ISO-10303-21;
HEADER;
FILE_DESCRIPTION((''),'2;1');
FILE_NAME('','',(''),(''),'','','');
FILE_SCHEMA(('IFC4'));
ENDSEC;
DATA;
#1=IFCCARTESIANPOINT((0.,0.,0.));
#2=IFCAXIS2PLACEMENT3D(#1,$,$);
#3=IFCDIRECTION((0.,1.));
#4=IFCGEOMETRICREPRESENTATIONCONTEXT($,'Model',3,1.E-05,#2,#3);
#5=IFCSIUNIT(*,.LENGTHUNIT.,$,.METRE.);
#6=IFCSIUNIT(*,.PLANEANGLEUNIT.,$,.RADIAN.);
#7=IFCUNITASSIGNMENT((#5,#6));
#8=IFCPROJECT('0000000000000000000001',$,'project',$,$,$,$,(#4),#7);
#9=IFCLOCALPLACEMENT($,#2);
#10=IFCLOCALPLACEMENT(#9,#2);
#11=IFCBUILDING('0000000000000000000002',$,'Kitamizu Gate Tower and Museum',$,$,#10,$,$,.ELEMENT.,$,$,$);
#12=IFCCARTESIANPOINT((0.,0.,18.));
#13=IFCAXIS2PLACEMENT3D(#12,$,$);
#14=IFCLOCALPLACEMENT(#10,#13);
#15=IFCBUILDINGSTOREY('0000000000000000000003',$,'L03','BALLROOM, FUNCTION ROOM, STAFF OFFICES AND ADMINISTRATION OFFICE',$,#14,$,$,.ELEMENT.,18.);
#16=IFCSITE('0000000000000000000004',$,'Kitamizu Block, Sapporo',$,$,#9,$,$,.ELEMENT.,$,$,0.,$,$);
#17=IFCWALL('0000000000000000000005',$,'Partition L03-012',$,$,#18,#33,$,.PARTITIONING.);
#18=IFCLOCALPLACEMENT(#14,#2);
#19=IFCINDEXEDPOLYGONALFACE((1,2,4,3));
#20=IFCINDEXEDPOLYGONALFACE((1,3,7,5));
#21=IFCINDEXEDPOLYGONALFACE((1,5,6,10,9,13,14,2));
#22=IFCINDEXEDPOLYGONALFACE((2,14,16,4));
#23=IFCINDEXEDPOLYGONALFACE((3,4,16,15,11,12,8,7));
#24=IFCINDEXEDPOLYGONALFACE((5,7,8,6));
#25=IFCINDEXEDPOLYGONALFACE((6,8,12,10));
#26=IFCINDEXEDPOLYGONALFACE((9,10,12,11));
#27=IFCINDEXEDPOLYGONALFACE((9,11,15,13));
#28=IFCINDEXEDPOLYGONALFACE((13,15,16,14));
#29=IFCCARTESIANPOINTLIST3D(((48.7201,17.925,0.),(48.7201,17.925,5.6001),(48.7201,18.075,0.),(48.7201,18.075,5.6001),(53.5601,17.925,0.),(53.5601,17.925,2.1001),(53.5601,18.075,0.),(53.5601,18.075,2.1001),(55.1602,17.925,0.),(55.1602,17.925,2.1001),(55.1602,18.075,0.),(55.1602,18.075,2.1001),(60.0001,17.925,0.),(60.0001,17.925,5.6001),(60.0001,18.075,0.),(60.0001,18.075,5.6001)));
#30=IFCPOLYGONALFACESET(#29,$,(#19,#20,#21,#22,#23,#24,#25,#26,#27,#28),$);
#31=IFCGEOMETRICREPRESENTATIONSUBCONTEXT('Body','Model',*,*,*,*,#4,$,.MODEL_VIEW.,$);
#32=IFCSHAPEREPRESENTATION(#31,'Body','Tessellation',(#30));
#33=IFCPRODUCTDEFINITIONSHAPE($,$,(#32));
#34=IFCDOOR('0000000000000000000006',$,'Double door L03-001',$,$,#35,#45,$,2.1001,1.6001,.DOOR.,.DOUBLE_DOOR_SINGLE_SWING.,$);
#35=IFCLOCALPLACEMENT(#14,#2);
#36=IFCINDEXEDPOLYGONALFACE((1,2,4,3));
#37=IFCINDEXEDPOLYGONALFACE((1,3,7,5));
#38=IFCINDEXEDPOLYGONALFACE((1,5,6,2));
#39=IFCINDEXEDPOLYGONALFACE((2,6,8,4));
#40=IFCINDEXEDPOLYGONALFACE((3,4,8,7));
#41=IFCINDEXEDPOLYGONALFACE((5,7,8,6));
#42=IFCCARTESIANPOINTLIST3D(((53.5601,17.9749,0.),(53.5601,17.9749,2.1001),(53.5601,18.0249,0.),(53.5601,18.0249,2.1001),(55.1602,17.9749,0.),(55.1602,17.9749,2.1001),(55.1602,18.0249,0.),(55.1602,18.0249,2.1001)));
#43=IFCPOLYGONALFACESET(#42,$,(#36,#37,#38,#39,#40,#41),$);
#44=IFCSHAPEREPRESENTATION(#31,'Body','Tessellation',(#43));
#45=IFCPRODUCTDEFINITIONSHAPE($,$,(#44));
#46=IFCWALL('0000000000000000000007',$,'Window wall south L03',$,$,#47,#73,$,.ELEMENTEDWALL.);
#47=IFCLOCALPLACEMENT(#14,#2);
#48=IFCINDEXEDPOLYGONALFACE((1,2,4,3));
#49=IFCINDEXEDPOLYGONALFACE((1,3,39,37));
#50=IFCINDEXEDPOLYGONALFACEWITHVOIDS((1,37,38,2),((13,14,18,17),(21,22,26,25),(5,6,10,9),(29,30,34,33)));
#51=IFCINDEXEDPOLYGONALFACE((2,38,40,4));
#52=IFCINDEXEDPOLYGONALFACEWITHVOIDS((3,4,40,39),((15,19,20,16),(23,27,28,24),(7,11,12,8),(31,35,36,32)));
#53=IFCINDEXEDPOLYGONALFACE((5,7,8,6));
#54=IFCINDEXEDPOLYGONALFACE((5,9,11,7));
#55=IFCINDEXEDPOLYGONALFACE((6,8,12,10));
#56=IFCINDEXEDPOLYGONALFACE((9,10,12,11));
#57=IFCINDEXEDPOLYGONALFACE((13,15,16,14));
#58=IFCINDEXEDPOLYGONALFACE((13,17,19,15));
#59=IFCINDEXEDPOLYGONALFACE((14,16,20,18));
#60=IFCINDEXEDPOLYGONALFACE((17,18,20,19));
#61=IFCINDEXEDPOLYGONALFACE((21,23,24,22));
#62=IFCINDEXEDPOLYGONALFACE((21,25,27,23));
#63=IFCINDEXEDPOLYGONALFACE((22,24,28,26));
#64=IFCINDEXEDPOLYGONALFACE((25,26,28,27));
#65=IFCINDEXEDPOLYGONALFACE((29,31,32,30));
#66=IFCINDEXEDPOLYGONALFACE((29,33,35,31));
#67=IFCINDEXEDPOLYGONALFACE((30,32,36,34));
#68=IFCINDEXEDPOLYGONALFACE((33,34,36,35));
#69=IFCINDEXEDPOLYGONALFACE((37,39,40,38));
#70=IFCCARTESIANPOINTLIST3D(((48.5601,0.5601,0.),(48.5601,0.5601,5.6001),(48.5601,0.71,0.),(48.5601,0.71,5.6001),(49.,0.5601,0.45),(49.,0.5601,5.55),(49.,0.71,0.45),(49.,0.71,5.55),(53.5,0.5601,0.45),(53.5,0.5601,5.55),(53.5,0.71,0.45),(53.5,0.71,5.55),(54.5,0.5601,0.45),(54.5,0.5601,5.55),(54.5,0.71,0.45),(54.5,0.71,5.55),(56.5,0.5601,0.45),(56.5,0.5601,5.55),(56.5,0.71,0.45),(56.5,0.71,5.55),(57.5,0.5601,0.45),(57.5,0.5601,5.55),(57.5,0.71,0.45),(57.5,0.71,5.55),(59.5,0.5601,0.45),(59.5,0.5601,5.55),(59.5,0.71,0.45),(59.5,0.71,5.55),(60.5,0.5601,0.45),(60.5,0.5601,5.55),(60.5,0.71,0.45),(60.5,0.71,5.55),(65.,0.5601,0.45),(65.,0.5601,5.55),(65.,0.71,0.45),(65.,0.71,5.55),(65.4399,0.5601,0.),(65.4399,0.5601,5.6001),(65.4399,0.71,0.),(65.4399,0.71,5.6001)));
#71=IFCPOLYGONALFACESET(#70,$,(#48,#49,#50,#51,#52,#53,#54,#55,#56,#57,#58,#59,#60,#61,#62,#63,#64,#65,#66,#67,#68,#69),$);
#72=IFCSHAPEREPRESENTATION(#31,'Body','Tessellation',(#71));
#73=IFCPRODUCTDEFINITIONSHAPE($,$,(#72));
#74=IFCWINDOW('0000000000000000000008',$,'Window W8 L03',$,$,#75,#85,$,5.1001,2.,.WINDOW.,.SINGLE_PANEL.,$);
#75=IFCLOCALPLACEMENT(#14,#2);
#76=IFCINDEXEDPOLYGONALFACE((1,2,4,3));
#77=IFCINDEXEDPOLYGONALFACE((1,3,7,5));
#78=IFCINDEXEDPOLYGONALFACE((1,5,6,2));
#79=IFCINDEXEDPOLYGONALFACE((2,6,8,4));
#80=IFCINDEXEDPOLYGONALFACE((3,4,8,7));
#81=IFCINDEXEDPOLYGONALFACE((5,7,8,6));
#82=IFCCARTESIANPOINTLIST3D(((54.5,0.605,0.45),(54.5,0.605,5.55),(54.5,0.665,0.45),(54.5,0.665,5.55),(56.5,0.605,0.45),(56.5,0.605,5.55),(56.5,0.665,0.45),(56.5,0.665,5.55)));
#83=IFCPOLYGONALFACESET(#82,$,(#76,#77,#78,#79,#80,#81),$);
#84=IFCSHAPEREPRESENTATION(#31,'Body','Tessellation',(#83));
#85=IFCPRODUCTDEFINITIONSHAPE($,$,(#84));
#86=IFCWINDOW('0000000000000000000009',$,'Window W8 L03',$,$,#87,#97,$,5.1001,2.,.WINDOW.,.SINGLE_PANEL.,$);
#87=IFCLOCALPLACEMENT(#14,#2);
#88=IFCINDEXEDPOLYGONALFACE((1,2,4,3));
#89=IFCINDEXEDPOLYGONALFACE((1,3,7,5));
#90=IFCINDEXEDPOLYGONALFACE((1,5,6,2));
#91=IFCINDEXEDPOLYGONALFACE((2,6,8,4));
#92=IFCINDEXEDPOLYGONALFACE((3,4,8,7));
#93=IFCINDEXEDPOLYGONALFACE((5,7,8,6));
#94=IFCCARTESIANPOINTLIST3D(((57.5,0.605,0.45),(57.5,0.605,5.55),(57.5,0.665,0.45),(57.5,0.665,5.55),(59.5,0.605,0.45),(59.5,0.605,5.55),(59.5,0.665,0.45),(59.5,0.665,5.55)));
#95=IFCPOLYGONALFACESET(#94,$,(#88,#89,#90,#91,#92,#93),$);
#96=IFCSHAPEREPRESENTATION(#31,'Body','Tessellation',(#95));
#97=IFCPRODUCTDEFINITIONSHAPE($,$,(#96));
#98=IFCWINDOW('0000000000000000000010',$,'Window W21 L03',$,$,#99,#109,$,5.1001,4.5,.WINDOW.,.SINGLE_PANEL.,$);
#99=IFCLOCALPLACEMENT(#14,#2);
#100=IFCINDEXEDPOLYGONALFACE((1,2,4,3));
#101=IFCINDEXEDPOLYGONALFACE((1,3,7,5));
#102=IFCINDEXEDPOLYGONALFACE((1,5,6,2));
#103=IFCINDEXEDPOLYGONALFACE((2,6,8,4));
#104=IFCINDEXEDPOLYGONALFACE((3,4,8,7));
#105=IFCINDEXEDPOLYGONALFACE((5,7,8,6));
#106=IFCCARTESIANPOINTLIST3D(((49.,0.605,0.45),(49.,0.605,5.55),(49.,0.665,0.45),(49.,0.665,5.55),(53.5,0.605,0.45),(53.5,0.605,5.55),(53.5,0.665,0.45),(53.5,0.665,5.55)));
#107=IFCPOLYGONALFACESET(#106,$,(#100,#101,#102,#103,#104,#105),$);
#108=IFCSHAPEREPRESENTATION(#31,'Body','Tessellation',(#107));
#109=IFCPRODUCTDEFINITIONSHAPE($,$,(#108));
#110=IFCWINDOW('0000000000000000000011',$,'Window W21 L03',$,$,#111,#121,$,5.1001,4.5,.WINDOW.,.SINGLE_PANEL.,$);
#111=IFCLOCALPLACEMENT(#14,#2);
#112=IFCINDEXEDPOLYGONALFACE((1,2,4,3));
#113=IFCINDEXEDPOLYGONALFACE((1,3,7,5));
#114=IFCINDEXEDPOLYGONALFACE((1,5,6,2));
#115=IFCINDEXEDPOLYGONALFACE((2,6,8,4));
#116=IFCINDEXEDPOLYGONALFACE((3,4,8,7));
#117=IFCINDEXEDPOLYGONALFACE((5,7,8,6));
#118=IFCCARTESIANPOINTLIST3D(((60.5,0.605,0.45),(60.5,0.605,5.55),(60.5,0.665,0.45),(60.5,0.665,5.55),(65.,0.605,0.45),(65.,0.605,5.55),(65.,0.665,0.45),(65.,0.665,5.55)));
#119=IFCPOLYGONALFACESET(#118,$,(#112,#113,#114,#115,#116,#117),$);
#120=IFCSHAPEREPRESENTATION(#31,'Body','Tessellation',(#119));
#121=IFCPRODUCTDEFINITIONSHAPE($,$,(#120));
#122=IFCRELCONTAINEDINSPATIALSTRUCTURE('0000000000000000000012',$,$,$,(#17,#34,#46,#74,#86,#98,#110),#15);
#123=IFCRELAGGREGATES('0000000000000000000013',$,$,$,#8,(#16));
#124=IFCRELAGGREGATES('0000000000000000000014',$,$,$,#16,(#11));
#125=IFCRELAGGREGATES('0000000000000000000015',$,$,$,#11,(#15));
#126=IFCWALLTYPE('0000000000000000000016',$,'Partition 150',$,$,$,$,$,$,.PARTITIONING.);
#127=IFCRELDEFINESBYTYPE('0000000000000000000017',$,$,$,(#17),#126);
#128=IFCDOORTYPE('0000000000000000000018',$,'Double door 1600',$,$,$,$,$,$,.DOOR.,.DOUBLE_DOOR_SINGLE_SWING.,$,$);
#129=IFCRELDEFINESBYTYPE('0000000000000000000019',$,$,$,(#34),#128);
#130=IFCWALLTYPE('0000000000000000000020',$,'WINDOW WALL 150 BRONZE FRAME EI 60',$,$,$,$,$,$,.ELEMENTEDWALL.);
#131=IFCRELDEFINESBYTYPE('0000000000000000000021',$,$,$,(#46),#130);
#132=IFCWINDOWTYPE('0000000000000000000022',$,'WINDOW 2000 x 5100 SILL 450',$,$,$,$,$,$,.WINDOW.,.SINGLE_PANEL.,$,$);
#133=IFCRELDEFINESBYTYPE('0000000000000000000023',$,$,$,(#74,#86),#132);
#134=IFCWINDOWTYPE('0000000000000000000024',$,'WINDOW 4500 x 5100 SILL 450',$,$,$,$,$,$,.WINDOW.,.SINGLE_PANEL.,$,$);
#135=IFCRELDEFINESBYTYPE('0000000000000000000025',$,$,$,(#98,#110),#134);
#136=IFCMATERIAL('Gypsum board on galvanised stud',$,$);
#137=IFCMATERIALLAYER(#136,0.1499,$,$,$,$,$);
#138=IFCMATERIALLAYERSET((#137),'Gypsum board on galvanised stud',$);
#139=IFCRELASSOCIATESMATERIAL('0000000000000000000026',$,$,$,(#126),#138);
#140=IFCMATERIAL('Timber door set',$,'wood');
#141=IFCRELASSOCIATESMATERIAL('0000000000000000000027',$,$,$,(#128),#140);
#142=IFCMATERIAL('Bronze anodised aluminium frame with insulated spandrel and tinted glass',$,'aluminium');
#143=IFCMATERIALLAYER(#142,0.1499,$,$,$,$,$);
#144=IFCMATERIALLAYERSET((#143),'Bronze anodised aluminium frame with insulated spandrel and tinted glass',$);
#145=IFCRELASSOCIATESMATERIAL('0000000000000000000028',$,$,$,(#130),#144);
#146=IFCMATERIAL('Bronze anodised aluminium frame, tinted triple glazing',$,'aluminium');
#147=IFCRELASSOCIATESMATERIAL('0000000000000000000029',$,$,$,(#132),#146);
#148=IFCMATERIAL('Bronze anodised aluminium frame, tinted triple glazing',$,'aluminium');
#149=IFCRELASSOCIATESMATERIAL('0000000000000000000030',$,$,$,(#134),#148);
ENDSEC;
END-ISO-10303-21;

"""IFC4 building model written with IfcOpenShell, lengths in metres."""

from ifc_helpers import new_model, si_unit, direction, frame, frame_2d, origin, place, context, subcontext, project, spatial, rectangle, extrude, material, layer, layer_set, type_object, element, fill, save


model = new_model("IFC4")

# Units and contexts
model_context = context("Model", 3, precision=1e-05, world=origin(), true_north=direction((0.0, 1.0)))
body_context = subcontext(model_context, "Body", "Model", "MODEL_VIEW")
ifc_project = project(units=[si_unit("LENGTHUNIT", "METRE"), si_unit("PLANEANGLEUNIT", "RADIAN")], contexts=[model_context])

# Site, building, storey
site_placement = place(None, origin())
site = spatial("IfcSite", under=ifc_project, at=site_placement, Name="Kitamizu Block, Sapporo", CompositionType="ELEMENT", RefElevation=0.0)
building_placement = place(site_placement, origin())
building = spatial("IfcBuilding", under=site, at=building_placement, Name="Kitamizu Gate Tower and Museum", CompositionType="ELEMENT")
storey_placement = place(building_placement, frame((0.0, 0.0, 18.0)))
storey = spatial("IfcBuildingStorey", under=building, at=storey_placement, Name="L03", Description="BALLROOM, FUNCTION ROOM, STAFF OFFICES AND ADMINISTRATION OFFICE", CompositionType="ELEMENT", Elevation=18.0)

# Wall, opening, door
ifc_material_1 = material(Name="Gypsum board on galvanised stud")
ifc_layer_1 = layer(ifc_material_1, 0.1499)
ifc_layer_set_1 = layer_set([ifc_layer_1], Name="Gypsum board on galvanised stud")
wall_type_1 = type_object("IfcWallType", Name="Partition 150", PredefinedType="PARTITIONING", material=ifc_layer_set_1)
wall_1_placement = place(storey_placement, frame((48.72, 18.0, 0.0), z_axis=(0.0, 0.0, 1.0), x_axis=(1.0, 0.0, 0.0)))
wall_1 = element("IfcWall", 1, at=wall_1_placement, inside=storey, type_object=wall_type_1, Name="Partition L03-012", PredefinedType="PARTITIONING", context=body_context, shape_type="SweptSolid", body=[
    extrude(rectangle(XDim=11.28, YDim=0.1499, at=frame_2d((5.6401, 0.0))), origin(), (0.0, 0.0, 1.0), 5.6001),
])
opening_1_placement = place(wall_1_placement, frame((4.8401, 0.0, 0.0)))
opening_1 = element("IfcOpeningElement", 2, at=opening_1_placement, cuts=wall_1, PredefinedType="OPENING", context=body_context, shape_type="SweptSolid", body=[
    extrude(rectangle(XDim=1.6001, YDim=2.1001, at=frame_2d((0.8, 1.05))), frame((0.0, 0.085, 0.0), z_axis=(0.0, -1.0, 0.0), x_axis=(1.0, 0.0, 0.0)), (0.0, 0.0, 1.0), 0.1699),
])
ifc_material_2 = material(Name="Timber door set", Category="wood")
door_type = type_object("IfcDoorType", Name="Double door 1600", OperationType="DOUBLE_DOOR_SINGLE_SWING", PredefinedType="DOOR", material=ifc_material_2)
door_placement = place(opening_1_placement, origin())
door = element("IfcDoor", 3, at=door_placement, inside=storey, type_object=door_type, Name="Double door L03-001", OperationType="DOUBLE_DOOR_SINGLE_SWING", OverallHeight=2.1001, OverallWidth=1.6001, PredefinedType="DOOR", context=body_context, shape_type="SweptSolid", body=[
    extrude(rectangle(XDim=1.6001, YDim=2.1001, at=frame_2d((0.8, 1.05))), frame((0.0, 0.0249, 0.0), z_axis=(0.0, -1.0, 0.0), x_axis=(1.0, 0.0, 0.0)), (0.0, 0.0, 1.0), 0.05),
])
fill(opening_1, door)

# Wall, openings, windows
ifc_material_3 = material(Name="Bronze anodised aluminium frame with insulated spandrel and tinted glass", Category="aluminium")
ifc_layer_2 = layer(ifc_material_3, 0.1499)
ifc_layer_set_2 = layer_set([ifc_layer_2], Name="Bronze anodised aluminium frame with insulated spandrel and tinted glass")
wall_type_2 = type_object("IfcWallType", Name="WINDOW WALL 150 BRONZE FRAME EI 60", PredefinedType="ELEMENTEDWALL", material=ifc_layer_set_2)
wall_2_placement = place(storey_placement, frame((48.5601, 0.635, 0.0), z_axis=(0.0, 0.0, 1.0), x_axis=(1.0, 0.0, 0.0)))
wall_2 = element("IfcWall", 4, at=wall_2_placement, inside=storey, type_object=wall_type_2, Name="Window wall south L03", PredefinedType="ELEMENTEDWALL", context=body_context, shape_type="SweptSolid", body=[
    extrude(rectangle(XDim=16.8799, YDim=0.1499, at=frame_2d((8.4399, 0.0))), origin(), (0.0, 0.0, 1.0), 5.6001),
])
opening_2_placement = place(wall_2_placement, frame((0.4399, 0.0, 0.45)))
opening_2 = element("IfcOpeningElement", 5, at=opening_2_placement, cuts=wall_2, PredefinedType="OPENING", context=body_context, shape_type="SweptSolid", body=[
    extrude(rectangle(XDim=4.5, YDim=5.1001, at=frame_2d((2.25, 2.55))), frame((0.0, 0.085, 0.0), z_axis=(0.0, -1.0, 0.0), x_axis=(1.0, 0.0, 0.0)), (0.0, 0.0, 1.0), 0.1699),
])
opening_3_placement = place(wall_2_placement, frame((5.9399, 0.0, 0.45)))
opening_3 = element("IfcOpeningElement", 6, at=opening_3_placement, cuts=wall_2, PredefinedType="OPENING", context=body_context, shape_type="SweptSolid", body=[
    extrude(rectangle(XDim=2.0, YDim=5.1001, at=frame_2d((1.0, 2.55))), frame((0.0, 0.085, 0.0), z_axis=(0.0, -1.0, 0.0), x_axis=(1.0, 0.0, 0.0)), (0.0, 0.0, 1.0), 0.1699),
])
opening_4_placement = place(wall_2_placement, frame((8.9399, 0.0, 0.45)))
opening_4 = element("IfcOpeningElement", 7, at=opening_4_placement, cuts=wall_2, PredefinedType="OPENING", context=body_context, shape_type="SweptSolid", body=[
    extrude(rectangle(XDim=2.0, YDim=5.1001, at=frame_2d((1.0, 2.55))), frame((0.0, 0.085, 0.0), z_axis=(0.0, -1.0, 0.0), x_axis=(1.0, 0.0, 0.0)), (0.0, 0.0, 1.0), 0.1699),
])
opening_5_placement = place(wall_2_placement, frame((11.9399, 0.0, 0.45)))
opening_5 = element("IfcOpeningElement", 8, at=opening_5_placement, cuts=wall_2, PredefinedType="OPENING", context=body_context, shape_type="SweptSolid", body=[
    extrude(rectangle(XDim=4.5, YDim=5.1001, at=frame_2d((2.25, 2.55))), frame((0.0, 0.085, 0.0), z_axis=(0.0, -1.0, 0.0), x_axis=(1.0, 0.0, 0.0)), (0.0, 0.0, 1.0), 0.1699),
])
ifc_material_4 = material(Name="Bronze anodised aluminium frame, tinted triple glazing", Category="aluminium")
window_type_1 = type_object("IfcWindowType", Name="WINDOW 2000 x 5100 SILL 450", PartitioningType="SINGLE_PANEL", PredefinedType="WINDOW", material=ifc_material_4)
window_1_placement = place(opening_3_placement, origin())
window_1 = element("IfcWindow", 9, at=window_1_placement, inside=storey, type_object=window_type_1, Name="Window W8 L03", OverallHeight=5.1001, OverallWidth=2.0, PartitioningType="SINGLE_PANEL", PredefinedType="WINDOW", context=body_context, shape_type="SweptSolid", body=[
    extrude(rectangle(XDim=2.0, YDim=5.1001, at=frame_2d((1.0, 2.55))), frame((0.0, 0.03, 0.0), z_axis=(0.0, -1.0, 0.0), x_axis=(1.0, 0.0, 0.0)), (0.0, 0.0, 1.0), 0.0601),
])
fill(opening_3, window_1)
window_2_placement = place(opening_4_placement, origin())
window_2 = element("IfcWindow", 10, at=window_2_placement, inside=storey, type_object=window_type_1, Name="Window W8 L03", OverallHeight=5.1001, OverallWidth=2.0, PartitioningType="SINGLE_PANEL", PredefinedType="WINDOW", context=body_context, shape_type="SweptSolid", body=[
    extrude(rectangle(XDim=2.0, YDim=5.1001, at=frame_2d((1.0, 2.55))), frame((0.0, 0.03, 0.0), z_axis=(0.0, -1.0, 0.0), x_axis=(1.0, 0.0, 0.0)), (0.0, 0.0, 1.0), 0.0601),
])
fill(opening_4, window_2)
ifc_material_5 = material(Name="Bronze anodised aluminium frame, tinted triple glazing", Category="aluminium")
window_type_2 = type_object("IfcWindowType", Name="WINDOW 4500 x 5100 SILL 450", PartitioningType="SINGLE_PANEL", PredefinedType="WINDOW", material=ifc_material_5)
window_3_placement = place(opening_2_placement, origin())
window_3 = element("IfcWindow", 11, at=window_3_placement, inside=storey, type_object=window_type_2, Name="Window W21 L03", OverallHeight=5.1001, OverallWidth=4.5, PartitioningType="SINGLE_PANEL", PredefinedType="WINDOW", context=body_context, shape_type="SweptSolid", body=[
    extrude(rectangle(XDim=4.5, YDim=5.1001, at=frame_2d((2.25, 2.55))), frame((0.0, 0.03, 0.0), z_axis=(0.0, -1.0, 0.0), x_axis=(1.0, 0.0, 0.0)), (0.0, 0.0, 1.0), 0.0601),
])
fill(opening_2, window_3)
window_4_placement = place(opening_5_placement, origin())
window_4 = element("IfcWindow", 12, at=window_4_placement, inside=storey, type_object=window_type_2, Name="Window W21 L03", OverallHeight=5.1001, OverallWidth=4.5, PartitioningType="SINGLE_PANEL", PredefinedType="WINDOW", context=body_context, shape_type="SweptSolid", body=[
    extrude(rectangle(XDim=4.5, YDim=5.1001, at=frame_2d((2.25, 2.55))), frame((0.0, 0.03, 0.0), z_axis=(0.0, -1.0, 0.0), x_axis=(1.0, 0.0, 0.0)), (0.0, 0.0, 1.0), 0.0601),
])
fill(opening_5, window_4)

save(model, "model.ifc")
